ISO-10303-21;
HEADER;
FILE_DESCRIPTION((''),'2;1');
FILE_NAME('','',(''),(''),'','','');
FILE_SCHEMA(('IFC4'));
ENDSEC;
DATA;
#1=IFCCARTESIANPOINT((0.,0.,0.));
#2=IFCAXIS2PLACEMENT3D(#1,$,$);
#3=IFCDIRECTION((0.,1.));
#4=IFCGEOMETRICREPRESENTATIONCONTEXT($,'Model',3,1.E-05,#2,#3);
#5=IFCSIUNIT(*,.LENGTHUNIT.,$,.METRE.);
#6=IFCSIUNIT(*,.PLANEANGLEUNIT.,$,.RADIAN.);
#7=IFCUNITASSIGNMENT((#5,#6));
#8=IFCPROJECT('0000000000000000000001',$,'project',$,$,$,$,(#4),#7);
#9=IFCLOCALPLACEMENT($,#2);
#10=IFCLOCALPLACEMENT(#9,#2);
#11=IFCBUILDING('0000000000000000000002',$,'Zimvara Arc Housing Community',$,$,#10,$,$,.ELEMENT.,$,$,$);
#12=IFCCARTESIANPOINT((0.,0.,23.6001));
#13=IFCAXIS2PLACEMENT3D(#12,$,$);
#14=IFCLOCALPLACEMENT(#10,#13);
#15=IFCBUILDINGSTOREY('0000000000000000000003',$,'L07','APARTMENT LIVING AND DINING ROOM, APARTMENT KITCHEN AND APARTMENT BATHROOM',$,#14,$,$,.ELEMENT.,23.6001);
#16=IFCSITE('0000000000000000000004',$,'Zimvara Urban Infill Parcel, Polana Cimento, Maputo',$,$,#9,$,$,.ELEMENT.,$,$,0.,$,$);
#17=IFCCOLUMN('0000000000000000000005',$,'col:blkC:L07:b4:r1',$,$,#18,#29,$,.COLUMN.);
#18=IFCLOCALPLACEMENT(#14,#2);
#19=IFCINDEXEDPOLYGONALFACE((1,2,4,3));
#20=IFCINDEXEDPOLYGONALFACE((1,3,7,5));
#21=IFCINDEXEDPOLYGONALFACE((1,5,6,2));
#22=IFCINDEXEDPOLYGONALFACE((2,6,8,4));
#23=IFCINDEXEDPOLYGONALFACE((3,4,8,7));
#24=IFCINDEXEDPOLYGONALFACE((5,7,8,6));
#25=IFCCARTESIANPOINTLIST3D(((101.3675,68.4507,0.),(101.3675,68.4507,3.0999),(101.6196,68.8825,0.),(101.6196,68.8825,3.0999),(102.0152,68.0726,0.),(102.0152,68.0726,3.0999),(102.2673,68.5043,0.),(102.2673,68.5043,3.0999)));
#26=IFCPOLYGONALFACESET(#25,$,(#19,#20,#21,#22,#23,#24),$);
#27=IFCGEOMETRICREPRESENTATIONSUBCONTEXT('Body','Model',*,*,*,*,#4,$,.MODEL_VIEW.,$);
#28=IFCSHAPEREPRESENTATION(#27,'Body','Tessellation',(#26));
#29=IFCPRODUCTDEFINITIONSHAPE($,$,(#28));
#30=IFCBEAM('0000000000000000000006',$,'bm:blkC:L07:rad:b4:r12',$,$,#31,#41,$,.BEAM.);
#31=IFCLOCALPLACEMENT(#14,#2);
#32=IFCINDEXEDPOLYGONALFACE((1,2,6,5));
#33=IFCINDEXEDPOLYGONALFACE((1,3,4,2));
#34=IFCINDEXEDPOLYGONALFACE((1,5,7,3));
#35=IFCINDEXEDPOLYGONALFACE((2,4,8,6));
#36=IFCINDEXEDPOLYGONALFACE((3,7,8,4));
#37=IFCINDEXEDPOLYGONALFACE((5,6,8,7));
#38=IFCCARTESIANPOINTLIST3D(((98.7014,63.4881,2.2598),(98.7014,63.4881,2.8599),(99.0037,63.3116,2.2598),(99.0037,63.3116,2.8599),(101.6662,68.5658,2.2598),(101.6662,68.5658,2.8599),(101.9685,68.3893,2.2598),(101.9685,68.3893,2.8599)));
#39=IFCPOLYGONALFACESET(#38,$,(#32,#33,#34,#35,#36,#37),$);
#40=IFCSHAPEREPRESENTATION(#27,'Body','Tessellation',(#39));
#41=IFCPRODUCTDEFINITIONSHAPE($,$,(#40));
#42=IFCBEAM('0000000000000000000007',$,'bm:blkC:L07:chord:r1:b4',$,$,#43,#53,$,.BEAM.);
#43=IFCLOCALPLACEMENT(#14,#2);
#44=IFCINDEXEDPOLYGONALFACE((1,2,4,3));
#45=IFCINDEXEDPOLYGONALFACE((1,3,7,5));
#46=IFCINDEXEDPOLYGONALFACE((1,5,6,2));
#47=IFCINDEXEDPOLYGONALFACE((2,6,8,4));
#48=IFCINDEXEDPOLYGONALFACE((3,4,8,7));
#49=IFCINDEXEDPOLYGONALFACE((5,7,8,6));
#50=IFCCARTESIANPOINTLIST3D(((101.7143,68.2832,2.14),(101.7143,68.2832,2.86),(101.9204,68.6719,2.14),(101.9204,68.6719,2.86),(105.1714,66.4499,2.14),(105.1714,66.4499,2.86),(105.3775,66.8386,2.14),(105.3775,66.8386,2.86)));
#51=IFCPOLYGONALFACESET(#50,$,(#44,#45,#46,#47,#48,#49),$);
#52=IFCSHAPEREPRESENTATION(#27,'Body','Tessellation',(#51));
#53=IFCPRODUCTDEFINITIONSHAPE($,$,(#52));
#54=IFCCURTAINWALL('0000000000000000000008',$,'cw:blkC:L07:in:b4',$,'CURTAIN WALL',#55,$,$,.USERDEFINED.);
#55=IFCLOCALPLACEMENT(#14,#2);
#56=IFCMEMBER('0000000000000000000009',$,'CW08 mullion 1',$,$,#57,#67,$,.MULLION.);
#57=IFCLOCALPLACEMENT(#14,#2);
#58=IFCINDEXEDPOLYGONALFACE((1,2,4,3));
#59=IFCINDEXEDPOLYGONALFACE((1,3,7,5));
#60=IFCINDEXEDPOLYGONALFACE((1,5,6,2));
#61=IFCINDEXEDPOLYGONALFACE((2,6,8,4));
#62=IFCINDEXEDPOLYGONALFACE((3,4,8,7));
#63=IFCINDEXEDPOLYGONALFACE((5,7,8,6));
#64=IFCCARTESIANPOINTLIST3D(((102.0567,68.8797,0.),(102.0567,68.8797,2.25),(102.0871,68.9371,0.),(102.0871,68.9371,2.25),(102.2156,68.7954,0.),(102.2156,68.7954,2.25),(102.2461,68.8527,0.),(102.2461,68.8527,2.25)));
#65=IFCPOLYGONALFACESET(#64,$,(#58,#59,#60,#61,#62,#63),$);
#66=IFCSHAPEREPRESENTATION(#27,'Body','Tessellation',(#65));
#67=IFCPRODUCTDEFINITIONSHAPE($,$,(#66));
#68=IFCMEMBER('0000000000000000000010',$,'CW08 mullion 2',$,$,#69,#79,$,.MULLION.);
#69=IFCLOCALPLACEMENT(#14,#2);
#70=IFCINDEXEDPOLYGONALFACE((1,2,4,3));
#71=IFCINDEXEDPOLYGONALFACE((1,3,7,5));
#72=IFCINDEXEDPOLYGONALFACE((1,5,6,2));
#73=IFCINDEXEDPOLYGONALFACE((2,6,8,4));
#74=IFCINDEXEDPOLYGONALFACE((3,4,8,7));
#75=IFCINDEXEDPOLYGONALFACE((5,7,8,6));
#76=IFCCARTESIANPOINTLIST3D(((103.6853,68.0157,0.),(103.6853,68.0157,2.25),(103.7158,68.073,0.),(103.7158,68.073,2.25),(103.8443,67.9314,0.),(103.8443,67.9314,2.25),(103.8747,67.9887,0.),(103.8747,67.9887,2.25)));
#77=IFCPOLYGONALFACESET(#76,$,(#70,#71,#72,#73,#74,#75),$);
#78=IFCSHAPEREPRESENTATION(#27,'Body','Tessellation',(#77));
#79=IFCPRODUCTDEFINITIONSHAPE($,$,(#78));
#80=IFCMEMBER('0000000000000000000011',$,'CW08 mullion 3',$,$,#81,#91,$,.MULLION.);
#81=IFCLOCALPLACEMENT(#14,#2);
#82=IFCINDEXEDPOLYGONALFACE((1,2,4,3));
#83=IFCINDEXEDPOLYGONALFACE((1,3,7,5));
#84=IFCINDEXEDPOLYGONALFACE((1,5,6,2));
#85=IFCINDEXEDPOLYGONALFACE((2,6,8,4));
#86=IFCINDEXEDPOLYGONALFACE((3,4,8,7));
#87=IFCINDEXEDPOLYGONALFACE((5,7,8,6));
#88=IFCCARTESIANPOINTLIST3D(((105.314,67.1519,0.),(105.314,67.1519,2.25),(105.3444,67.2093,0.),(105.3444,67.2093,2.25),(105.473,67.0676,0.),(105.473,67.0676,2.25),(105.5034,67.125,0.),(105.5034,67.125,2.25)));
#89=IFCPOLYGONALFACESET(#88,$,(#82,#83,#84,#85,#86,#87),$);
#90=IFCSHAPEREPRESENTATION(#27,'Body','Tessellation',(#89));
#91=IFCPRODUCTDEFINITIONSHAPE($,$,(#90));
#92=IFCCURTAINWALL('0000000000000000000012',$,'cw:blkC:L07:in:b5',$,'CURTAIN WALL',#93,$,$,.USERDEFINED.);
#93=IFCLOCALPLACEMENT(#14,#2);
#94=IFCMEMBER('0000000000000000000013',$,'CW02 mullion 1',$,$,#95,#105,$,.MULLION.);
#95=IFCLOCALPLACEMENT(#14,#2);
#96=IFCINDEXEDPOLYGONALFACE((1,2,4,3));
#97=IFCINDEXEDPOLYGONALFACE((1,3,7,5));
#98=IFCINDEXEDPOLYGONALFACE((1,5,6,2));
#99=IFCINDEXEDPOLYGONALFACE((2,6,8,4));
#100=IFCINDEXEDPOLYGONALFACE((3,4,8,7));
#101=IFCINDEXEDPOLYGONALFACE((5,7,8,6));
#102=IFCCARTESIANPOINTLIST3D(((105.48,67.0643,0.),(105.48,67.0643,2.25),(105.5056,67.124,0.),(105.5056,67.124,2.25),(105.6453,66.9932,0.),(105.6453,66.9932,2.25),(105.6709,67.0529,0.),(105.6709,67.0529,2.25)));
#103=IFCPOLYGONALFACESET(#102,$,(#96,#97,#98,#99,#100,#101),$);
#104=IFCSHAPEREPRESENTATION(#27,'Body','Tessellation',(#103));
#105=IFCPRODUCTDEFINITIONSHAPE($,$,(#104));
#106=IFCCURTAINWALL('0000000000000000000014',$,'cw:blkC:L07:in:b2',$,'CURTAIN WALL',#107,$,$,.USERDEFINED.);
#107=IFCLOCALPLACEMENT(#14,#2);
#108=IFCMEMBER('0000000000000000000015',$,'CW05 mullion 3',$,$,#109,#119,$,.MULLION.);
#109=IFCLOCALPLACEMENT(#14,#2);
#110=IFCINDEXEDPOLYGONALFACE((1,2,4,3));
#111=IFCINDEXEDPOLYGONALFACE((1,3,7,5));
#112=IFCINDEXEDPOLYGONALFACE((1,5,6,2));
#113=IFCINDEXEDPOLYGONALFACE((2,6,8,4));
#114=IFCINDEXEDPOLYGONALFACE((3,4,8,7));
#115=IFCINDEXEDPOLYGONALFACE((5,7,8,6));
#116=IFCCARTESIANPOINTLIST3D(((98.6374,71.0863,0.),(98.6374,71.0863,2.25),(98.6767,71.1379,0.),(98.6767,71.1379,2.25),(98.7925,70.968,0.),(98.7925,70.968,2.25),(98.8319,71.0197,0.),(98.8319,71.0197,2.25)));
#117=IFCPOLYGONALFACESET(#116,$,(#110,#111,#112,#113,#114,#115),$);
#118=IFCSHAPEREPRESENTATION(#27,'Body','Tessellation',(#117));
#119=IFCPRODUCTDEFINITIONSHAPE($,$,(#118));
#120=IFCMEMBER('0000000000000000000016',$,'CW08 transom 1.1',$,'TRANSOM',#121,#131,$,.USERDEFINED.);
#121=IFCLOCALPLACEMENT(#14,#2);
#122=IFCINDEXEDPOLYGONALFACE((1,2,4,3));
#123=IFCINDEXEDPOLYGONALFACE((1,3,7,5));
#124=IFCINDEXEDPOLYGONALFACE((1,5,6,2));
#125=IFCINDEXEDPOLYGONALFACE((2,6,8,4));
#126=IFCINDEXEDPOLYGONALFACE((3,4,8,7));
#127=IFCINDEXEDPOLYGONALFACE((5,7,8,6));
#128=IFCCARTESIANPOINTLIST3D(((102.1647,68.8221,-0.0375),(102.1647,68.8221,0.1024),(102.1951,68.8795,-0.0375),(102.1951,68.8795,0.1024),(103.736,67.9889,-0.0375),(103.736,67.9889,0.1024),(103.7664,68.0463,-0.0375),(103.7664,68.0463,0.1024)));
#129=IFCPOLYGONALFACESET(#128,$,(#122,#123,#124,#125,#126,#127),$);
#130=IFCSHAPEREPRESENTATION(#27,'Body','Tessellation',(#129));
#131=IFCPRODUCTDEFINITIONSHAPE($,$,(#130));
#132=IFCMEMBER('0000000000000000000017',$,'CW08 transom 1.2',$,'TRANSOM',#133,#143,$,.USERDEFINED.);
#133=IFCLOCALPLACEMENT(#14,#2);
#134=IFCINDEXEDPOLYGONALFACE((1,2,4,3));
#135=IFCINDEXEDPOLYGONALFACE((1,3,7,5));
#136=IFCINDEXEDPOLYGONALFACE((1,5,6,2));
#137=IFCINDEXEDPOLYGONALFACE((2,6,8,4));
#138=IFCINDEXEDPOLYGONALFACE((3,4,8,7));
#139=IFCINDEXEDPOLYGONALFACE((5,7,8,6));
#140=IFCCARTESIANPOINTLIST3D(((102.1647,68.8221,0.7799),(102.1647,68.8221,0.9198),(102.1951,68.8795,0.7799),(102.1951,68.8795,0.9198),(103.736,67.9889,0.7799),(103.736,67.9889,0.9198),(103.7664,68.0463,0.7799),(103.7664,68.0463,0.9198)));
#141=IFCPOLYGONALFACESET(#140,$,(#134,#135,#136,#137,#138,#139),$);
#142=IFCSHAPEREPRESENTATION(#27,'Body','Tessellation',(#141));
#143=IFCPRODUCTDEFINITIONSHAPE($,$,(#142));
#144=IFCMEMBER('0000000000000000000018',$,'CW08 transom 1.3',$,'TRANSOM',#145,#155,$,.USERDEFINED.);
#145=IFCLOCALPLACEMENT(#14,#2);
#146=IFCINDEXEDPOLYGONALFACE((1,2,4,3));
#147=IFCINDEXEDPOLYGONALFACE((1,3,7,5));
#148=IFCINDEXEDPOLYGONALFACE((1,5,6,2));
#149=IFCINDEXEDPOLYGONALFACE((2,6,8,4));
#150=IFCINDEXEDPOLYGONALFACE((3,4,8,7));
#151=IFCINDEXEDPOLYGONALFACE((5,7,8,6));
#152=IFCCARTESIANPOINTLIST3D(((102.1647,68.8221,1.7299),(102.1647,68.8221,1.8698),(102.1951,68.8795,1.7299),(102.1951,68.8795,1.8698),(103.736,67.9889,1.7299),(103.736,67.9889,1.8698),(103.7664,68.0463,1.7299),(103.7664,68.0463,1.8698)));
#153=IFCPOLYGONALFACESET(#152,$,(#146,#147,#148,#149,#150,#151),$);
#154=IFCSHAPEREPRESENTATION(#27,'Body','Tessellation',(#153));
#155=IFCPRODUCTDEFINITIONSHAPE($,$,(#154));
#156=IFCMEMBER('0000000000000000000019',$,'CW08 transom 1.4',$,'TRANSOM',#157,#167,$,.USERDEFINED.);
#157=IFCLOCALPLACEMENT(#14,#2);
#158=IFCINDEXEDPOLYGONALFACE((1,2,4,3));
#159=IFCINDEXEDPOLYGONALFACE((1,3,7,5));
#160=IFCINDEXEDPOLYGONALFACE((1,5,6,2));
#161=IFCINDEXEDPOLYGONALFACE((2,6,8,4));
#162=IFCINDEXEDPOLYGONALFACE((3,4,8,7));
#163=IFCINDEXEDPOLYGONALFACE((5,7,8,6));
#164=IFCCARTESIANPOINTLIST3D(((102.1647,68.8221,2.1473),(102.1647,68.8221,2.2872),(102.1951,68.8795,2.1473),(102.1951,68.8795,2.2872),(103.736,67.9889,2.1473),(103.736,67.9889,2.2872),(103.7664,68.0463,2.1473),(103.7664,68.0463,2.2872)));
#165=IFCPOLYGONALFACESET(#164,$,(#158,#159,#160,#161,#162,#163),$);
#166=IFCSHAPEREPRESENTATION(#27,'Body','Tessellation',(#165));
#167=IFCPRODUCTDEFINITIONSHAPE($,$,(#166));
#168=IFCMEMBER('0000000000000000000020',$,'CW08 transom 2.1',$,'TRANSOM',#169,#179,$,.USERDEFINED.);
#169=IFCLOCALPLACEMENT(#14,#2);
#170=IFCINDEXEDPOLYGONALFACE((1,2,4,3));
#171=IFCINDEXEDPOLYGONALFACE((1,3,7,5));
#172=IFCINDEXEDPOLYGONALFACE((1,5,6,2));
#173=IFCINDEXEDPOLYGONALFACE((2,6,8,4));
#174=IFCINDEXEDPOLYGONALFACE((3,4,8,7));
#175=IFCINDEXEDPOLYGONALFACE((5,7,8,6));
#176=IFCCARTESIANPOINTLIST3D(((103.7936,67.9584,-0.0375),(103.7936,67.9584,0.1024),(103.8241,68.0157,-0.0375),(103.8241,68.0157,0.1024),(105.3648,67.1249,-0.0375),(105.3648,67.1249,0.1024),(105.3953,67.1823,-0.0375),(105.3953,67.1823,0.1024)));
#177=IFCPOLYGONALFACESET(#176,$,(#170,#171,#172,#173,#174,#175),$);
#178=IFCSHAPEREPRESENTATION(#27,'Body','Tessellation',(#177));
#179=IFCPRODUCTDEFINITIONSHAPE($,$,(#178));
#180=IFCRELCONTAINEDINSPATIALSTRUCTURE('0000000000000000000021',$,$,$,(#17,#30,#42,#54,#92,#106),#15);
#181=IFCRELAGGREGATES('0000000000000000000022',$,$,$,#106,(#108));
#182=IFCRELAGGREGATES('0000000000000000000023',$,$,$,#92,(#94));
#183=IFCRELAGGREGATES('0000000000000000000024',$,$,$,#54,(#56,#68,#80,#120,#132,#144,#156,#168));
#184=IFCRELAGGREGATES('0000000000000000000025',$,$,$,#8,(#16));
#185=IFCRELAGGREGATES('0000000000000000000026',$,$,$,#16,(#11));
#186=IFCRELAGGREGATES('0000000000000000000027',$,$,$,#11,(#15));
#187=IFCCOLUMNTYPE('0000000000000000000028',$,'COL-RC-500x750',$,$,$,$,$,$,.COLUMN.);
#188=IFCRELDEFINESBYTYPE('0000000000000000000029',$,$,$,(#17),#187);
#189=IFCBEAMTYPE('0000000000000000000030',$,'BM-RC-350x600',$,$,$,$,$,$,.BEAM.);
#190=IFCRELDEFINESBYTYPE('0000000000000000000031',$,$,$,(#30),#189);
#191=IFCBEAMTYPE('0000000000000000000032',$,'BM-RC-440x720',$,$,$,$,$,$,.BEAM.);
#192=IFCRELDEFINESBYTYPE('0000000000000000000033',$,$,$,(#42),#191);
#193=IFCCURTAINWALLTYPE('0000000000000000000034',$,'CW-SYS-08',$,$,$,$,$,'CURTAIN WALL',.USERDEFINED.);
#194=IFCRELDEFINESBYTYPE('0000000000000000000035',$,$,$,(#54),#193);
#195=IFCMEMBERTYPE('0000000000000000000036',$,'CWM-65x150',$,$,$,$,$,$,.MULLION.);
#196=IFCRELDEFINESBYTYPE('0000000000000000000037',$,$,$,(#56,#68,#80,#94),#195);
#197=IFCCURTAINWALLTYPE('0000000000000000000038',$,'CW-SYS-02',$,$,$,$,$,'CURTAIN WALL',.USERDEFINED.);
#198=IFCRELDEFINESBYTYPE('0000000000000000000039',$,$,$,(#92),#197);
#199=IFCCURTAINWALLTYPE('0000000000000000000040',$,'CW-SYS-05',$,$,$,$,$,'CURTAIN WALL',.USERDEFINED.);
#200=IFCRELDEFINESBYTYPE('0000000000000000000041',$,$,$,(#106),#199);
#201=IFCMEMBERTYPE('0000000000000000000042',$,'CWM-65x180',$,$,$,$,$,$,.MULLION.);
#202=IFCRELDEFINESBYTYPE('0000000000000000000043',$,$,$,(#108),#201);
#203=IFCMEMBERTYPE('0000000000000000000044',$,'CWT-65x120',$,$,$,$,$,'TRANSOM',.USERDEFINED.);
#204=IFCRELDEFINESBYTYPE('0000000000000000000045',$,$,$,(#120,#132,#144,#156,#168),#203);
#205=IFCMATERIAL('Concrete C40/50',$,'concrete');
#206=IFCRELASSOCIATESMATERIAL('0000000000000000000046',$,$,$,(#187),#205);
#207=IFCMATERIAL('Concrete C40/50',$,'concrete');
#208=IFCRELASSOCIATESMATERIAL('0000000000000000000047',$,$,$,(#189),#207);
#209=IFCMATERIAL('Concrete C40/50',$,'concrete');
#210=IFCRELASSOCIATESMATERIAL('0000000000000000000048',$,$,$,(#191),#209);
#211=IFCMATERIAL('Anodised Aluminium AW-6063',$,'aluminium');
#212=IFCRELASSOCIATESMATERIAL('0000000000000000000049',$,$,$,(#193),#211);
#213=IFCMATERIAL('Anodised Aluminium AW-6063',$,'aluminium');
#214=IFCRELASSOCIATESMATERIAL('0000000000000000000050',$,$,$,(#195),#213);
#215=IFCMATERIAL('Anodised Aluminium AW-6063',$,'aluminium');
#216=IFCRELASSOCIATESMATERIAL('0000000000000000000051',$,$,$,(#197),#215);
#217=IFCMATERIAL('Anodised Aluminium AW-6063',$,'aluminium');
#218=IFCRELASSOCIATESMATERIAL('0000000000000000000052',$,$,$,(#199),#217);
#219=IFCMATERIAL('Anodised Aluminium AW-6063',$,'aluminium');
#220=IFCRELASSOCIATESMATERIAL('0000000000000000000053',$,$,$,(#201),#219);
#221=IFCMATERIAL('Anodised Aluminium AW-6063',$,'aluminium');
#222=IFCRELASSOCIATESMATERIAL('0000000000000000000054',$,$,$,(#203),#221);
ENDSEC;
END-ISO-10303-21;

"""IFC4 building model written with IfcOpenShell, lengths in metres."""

from ifc_helpers import new_model, si_unit, direction, frame, origin, origin_2d, place, context, subcontext, project, spatial, rectangle, extrude, material, material_profile, profile_set, type_object, element, aggregate, save


model = new_model("IFC4")

# Units and contexts
model_context = context("Model", 3, precision=1e-05, world=origin(), true_north=direction((0.0, 1.0)))
body_context = subcontext(model_context, "Body", "Model", "MODEL_VIEW")
ifc_project = project(units=[si_unit("LENGTHUNIT", "METRE"), si_unit("PLANEANGLEUNIT", "RADIAN")], contexts=[model_context])

# Site, building, storey
site_placement = place(None, origin())
site = spatial("IfcSite", under=ifc_project, at=site_placement, Name="Zimvara Urban Infill Parcel, Polana Cimento, Maputo", CompositionType="ELEMENT", RefElevation=0.0)
building_placement = place(site_placement, origin())
building = spatial("IfcBuilding", under=site, at=building_placement, Name="Zimvara Arc Housing Community", CompositionType="ELEMENT")
storey_placement = place(building_placement, frame((0.0, 0.0, 23.6001)))
storey = spatial("IfcBuildingStorey", under=building, at=storey_placement, Name="L07", Description="APARTMENT LIVING AND DINING ROOM, APARTMENT KITCHEN AND APARTMENT BATHROOM", CompositionType="ELEMENT", Elevation=23.6001)

# Column
ifc_material_1 = material(Name="Concrete C40/50", Category="concrete")
ifc_material_profile_1 = material_profile(ifc_material_1, rectangle(XDim=0.5, YDim=0.75, at=origin_2d()), Name="RC 500x750")
ifc_profile_set_1 = profile_set([ifc_material_profile_1], Name="Concrete C40/50")
column_type = type_object("IfcColumnType", Name="COL-RC-500x750", PredefinedType="COLUMN", material=ifc_profile_set_1)
column_placement = place(storey_placement, frame((101.8174, 68.4775, 0.0), z_axis=(0.0, 0.0, 1.0), x_axis=(-0.504226, -0.863572, 0.0)))
element("IfcColumn", 1, at=column_placement, inside=storey, type_object=column_type, Name="col:blkC:L07:b4:r1", PredefinedType="COLUMN", context=body_context, shape_type="SweptSolid", body=[
    extrude(rectangle(XDim=0.5, YDim=0.75, at=origin_2d()), origin(), (0.0, 0.0, 1.0), 3.0999),
])

# Beams
ifc_material_2 = material(Name="Concrete C40/50", Category="concrete")
ifc_material_profile_2 = material_profile(ifc_material_2, rectangle(XDim=0.3501, YDim=0.6001, at=origin_2d()), Name="RC 350x600")
ifc_profile_set_2 = profile_set([ifc_material_profile_2], Name="Concrete C40/50")
beam_type_1 = type_object("IfcBeamType", Name="BM-RC-350x600", PredefinedType="BEAM", material=ifc_profile_set_2)
beam_1_placement = place(storey_placement, frame((101.8174, 68.4775, 2.5598), z_axis=(-0.504238, -0.863565, 0.0), x_axis=(0.863565, -0.504238, 0.0)))
element("IfcBeam", 2, at=beam_1_placement, inside=storey, type_object=beam_type_1, Name="bm:blkC:L07:rad:b4:r12", PredefinedType="BEAM", context=body_context, shape_type="SweptSolid", body=[
    extrude(rectangle(XDim=0.3501, YDim=0.6001, at=origin_2d()), origin(), (0.0, 0.0, 1.0), 5.8799),
])
ifc_material_3 = material(Name="Concrete C40/50", Category="concrete")
ifc_material_profile_3 = material_profile(ifc_material_3, rectangle(XDim=0.4399, YDim=0.72, at=origin_2d()), Name="RC 440x720")
ifc_profile_set_3 = profile_set([ifc_material_profile_3], Name="Concrete C40/50")
beam_type_2 = type_object("IfcBeamType", Name="BM-RC-440x720", PredefinedType="BEAM", material=ifc_profile_set_3)
beam_2_placement = place(storey_placement, frame((101.8174, 68.4775, 2.5), z_axis=(0.883464, -0.468498, 0.0), x_axis=(0.468498, 0.883464, 0.0)))
element("IfcBeam", 3, at=beam_2_placement, inside=storey, type_object=beam_type_2, Name="bm:blkC:L07:chord:r1:b4", PredefinedType="BEAM", context=body_context, shape_type="SweptSolid", body=[
    extrude(rectangle(XDim=0.4399, YDim=0.72, at=origin_2d()), origin(), (0.0, 0.0, 1.0), 3.9131),
])

# Curtain wall, members
ifc_material_4 = material(Name="Anodised Aluminium AW-6063", Category="aluminium")
curtain_wall_type_1 = type_object("IfcCurtainWallType", Name="CW-SYS-08", ElementType="CURTAIN WALL", PredefinedType="USERDEFINED", material=ifc_material_4)
curtain_wall_1_placement = place(storey_placement, origin())
curtain_wall_1 = element("IfcCurtainWall", 4, at=curtain_wall_1_placement, inside=storey, type_object=curtain_wall_type_1, Name="cw:blkC:L07:in:b4", ObjectType="CURTAIN WALL", PredefinedType="USERDEFINED")
ifc_material_5 = material(Name="Anodised Aluminium AW-6063", Category="aluminium")
ifc_material_profile_4 = material_profile(ifc_material_5, rectangle(XDim=0.0649, YDim=0.1799, at=origin_2d()), Name="ALU 65x180")
ifc_profile_set_4 = profile_set([ifc_material_profile_4], Name="Anodised Aluminium AW-6063")
member_type_1 = type_object("IfcMemberType", Name="CWM-65x150", PredefinedType="MULLION", material=ifc_profile_set_4)
member_1_placement = place(storey_placement, frame((102.1514, 68.8662, 0.0), z_axis=(0.0, 0.0, 1.0), x_axis=(0.468547, 0.883439, 0.0)))
member_1 = element("IfcMember", 5, at=member_1_placement, type_object=member_type_1, Name="CW08 mullion 1", PredefinedType="MULLION", context=body_context, shape_type="SweptSolid", body=[
    extrude(rectangle(XDim=0.0649, YDim=0.1799, at=origin_2d()), origin(), (0.0, 0.0, 1.0), 2.25),
])
member_2_placement = place(storey_placement, frame((103.78, 68.0022, 0.0), z_axis=(0.0, 0.0, 1.0), x_axis=(0.468547, 0.883439, 0.0)))
member_2 = element("IfcMember", 6, at=member_2_placement, type_object=member_type_1, Name="CW08 mullion 2", PredefinedType="MULLION", context=body_context, shape_type="SweptSolid", body=[
    extrude(rectangle(XDim=0.0649, YDim=0.1799, at=origin_2d()), origin(), (0.0, 0.0, 1.0), 2.25),
])
member_3_placement = place(storey_placement, frame((105.4087, 67.1384, 0.0), z_axis=(0.0, 0.0, 1.0), x_axis=(0.468547, 0.883439, 0.0)))
member_3 = element("IfcMember", 7, at=member_3_placement, type_object=member_type_1, Name="CW08 mullion 3", PredefinedType="MULLION", context=body_context, shape_type="SweptSolid", body=[
    extrude(rectangle(XDim=0.0649, YDim=0.1799, at=origin_2d()), origin(), (0.0, 0.0, 1.0), 2.25),
])

# Curtain walls, members
ifc_material_6 = material(Name="Anodised Aluminium AW-6063", Category="aluminium")
curtain_wall_type_2 = type_object("IfcCurtainWallType", Name="CW-SYS-02", ElementType="CURTAIN WALL", PredefinedType="USERDEFINED", material=ifc_material_6)
curtain_wall_2_placement = place(storey_placement, origin())
curtain_wall_2 = element("IfcCurtainWall", 8, at=curtain_wall_2_placement, inside=storey, type_object=curtain_wall_type_2, Name="cw:blkC:L07:in:b5", ObjectType="CURTAIN WALL", PredefinedType="USERDEFINED")
member_4_placement = place(storey_placement, frame((105.5754, 67.0586, 0.0), z_axis=(0.0, 0.0, 1.0), x_axis=(0.394904, 0.918722, 0.0)))
member_4 = element("IfcMember", 9, at=member_4_placement, type_object=member_type_1, Name="CW02 mullion 1", PredefinedType="MULLION", context=body_context, shape_type="SweptSolid", body=[
    extrude(rectangle(XDim=0.0649, YDim=0.1799, at=origin_2d()), origin(), (0.0, 0.0, 1.0), 2.25),
])
ifc_material_7 = material(Name="Anodised Aluminium AW-6063", Category="aluminium")
curtain_wall_type_3 = type_object("IfcCurtainWallType", Name="CW-SYS-05", ElementType="CURTAIN WALL", PredefinedType="USERDEFINED", material=ifc_material_7)
curtain_wall_3_placement = place(storey_placement, origin())
curtain_wall_3 = element("IfcCurtainWall", 10, at=curtain_wall_3_placement, inside=storey, type_object=curtain_wall_type_3, Name="cw:blkC:L07:in:b2", ObjectType="CURTAIN WALL", PredefinedType="USERDEFINED")
ifc_material_8 = material(Name="Anodised Aluminium AW-6063", Category="aluminium")
ifc_material_profile_5 = material_profile(ifc_material_8, rectangle(XDim=0.0649, YDim=0.1951, at=origin_2d()), Name="ALU 65x195")
ifc_profile_set_5 = profile_set([ifc_material_profile_5], Name="Anodised Aluminium AW-6063")
member_type_2 = type_object("IfcMemberType", Name="CWM-65x180", PredefinedType="MULLION", material=ifc_profile_set_5)
member_5_placement = place(storey_placement, frame((98.7346, 71.053, 0.0), z_axis=(0.0, 0.0, 1.0), x_axis=(0.605988, 0.795474, 0.0)))
member_5 = element("IfcMember", 11, at=member_5_placement, type_object=member_type_2, Name="CW05 mullion 3", PredefinedType="MULLION", context=body_context, shape_type="SweptSolid", body=[
    extrude(rectangle(XDim=0.0649, YDim=0.1951, at=origin_2d()), origin(), (0.0, 0.0, 1.0), 2.25),
])
aggregate(curtain_wall_3, [member_5])

# Members
ifc_material_9 = material(Name="Anodised Aluminium AW-6063", Category="aluminium")
ifc_material_profile_6 = material_profile(ifc_material_9, rectangle(XDim=0.0649, YDim=0.1399, at=origin_2d()), Name="ALU 65x140")
ifc_profile_set_6 = profile_set([ifc_material_profile_6], Name="Anodised Aluminium AW-6063")
member_type_3 = type_object("IfcMemberType", Name="CWT-65x120", ElementType="TRANSOM", PredefinedType="USERDEFINED", material=ifc_profile_set_6)
member_6_placement = place(storey_placement, frame((102.1799, 68.8508, 0.0325), z_axis=(0.883464, -0.468499, 0.0), x_axis=(0.468499, 0.883464, 0.0)))
member_6 = element("IfcMember", 12, at=member_6_placement, type_object=member_type_3, Name="CW08 transom 1.1", ObjectType="TRANSOM", PredefinedType="USERDEFINED", context=body_context, shape_type="SweptSolid", body=[
    extrude(rectangle(XDim=0.0649, YDim=0.1399, at=origin_2d()), origin(), (0.0, 0.0, 1.0), 1.7786),
])
member_7_placement = place(storey_placement, frame((102.1799, 68.8508, 0.8499), z_axis=(0.883464, -0.468499, 0.0), x_axis=(0.468499, 0.883464, 0.0)))
member_7 = element("IfcMember", 13, at=member_7_placement, type_object=member_type_3, Name="CW08 transom 1.2", ObjectType="TRANSOM", PredefinedType="USERDEFINED", context=body_context, shape_type="SweptSolid", body=[
    extrude(rectangle(XDim=0.0649, YDim=0.1399, at=origin_2d()), origin(), (0.0, 0.0, 1.0), 1.7786),
])
member_8_placement = place(storey_placement, frame((102.1799, 68.8508, 1.7998), z_axis=(0.883464, -0.468499, 0.0), x_axis=(0.468499, 0.883464, 0.0)))
member_8 = element("IfcMember", 14, at=member_8_placement, type_object=member_type_3, Name="CW08 transom 1.3", ObjectType="TRANSOM", PredefinedType="USERDEFINED", context=body_context, shape_type="SweptSolid", body=[
    extrude(rectangle(XDim=0.0649, YDim=0.1399, at=origin_2d()), origin(), (0.0, 0.0, 1.0), 1.7786),
])
member_9_placement = place(storey_placement, frame((102.1799, 68.8508, 2.2173), z_axis=(0.883464, -0.468499, 0.0), x_axis=(0.468499, 0.883464, 0.0)))
member_9 = element("IfcMember", 15, at=member_9_placement, type_object=member_type_3, Name="CW08 transom 1.4", ObjectType="TRANSOM", PredefinedType="USERDEFINED", context=body_context, shape_type="SweptSolid", body=[
    extrude(rectangle(XDim=0.0649, YDim=0.1399, at=origin_2d()), origin(), (0.0, 0.0, 1.0), 1.7786),
])
member_10_placement = place(storey_placement, frame((103.8088, 67.9871, 0.0325), z_axis=(0.883407, -0.468607, 0.0), x_axis=(0.468607, 0.883407, 0.0)))
member_10 = element("IfcMember", 16, at=member_10_placement, type_object=member_type_3, Name="CW08 transom 2.1", ObjectType="TRANSOM", PredefinedType="USERDEFINED", context=body_context, shape_type="SweptSolid", body=[
    extrude(rectangle(XDim=0.0649, YDim=0.1399, at=origin_2d()), origin(), (0.0, 0.0, 1.0), 1.7786),
])
aggregate(curtain_wall_2, [member_4])

aggregate(curtain_wall_1, [member_1, member_2, member_3, member_6, member_7, member_8, member_9, member_10])

save(model, "model.ifc")
